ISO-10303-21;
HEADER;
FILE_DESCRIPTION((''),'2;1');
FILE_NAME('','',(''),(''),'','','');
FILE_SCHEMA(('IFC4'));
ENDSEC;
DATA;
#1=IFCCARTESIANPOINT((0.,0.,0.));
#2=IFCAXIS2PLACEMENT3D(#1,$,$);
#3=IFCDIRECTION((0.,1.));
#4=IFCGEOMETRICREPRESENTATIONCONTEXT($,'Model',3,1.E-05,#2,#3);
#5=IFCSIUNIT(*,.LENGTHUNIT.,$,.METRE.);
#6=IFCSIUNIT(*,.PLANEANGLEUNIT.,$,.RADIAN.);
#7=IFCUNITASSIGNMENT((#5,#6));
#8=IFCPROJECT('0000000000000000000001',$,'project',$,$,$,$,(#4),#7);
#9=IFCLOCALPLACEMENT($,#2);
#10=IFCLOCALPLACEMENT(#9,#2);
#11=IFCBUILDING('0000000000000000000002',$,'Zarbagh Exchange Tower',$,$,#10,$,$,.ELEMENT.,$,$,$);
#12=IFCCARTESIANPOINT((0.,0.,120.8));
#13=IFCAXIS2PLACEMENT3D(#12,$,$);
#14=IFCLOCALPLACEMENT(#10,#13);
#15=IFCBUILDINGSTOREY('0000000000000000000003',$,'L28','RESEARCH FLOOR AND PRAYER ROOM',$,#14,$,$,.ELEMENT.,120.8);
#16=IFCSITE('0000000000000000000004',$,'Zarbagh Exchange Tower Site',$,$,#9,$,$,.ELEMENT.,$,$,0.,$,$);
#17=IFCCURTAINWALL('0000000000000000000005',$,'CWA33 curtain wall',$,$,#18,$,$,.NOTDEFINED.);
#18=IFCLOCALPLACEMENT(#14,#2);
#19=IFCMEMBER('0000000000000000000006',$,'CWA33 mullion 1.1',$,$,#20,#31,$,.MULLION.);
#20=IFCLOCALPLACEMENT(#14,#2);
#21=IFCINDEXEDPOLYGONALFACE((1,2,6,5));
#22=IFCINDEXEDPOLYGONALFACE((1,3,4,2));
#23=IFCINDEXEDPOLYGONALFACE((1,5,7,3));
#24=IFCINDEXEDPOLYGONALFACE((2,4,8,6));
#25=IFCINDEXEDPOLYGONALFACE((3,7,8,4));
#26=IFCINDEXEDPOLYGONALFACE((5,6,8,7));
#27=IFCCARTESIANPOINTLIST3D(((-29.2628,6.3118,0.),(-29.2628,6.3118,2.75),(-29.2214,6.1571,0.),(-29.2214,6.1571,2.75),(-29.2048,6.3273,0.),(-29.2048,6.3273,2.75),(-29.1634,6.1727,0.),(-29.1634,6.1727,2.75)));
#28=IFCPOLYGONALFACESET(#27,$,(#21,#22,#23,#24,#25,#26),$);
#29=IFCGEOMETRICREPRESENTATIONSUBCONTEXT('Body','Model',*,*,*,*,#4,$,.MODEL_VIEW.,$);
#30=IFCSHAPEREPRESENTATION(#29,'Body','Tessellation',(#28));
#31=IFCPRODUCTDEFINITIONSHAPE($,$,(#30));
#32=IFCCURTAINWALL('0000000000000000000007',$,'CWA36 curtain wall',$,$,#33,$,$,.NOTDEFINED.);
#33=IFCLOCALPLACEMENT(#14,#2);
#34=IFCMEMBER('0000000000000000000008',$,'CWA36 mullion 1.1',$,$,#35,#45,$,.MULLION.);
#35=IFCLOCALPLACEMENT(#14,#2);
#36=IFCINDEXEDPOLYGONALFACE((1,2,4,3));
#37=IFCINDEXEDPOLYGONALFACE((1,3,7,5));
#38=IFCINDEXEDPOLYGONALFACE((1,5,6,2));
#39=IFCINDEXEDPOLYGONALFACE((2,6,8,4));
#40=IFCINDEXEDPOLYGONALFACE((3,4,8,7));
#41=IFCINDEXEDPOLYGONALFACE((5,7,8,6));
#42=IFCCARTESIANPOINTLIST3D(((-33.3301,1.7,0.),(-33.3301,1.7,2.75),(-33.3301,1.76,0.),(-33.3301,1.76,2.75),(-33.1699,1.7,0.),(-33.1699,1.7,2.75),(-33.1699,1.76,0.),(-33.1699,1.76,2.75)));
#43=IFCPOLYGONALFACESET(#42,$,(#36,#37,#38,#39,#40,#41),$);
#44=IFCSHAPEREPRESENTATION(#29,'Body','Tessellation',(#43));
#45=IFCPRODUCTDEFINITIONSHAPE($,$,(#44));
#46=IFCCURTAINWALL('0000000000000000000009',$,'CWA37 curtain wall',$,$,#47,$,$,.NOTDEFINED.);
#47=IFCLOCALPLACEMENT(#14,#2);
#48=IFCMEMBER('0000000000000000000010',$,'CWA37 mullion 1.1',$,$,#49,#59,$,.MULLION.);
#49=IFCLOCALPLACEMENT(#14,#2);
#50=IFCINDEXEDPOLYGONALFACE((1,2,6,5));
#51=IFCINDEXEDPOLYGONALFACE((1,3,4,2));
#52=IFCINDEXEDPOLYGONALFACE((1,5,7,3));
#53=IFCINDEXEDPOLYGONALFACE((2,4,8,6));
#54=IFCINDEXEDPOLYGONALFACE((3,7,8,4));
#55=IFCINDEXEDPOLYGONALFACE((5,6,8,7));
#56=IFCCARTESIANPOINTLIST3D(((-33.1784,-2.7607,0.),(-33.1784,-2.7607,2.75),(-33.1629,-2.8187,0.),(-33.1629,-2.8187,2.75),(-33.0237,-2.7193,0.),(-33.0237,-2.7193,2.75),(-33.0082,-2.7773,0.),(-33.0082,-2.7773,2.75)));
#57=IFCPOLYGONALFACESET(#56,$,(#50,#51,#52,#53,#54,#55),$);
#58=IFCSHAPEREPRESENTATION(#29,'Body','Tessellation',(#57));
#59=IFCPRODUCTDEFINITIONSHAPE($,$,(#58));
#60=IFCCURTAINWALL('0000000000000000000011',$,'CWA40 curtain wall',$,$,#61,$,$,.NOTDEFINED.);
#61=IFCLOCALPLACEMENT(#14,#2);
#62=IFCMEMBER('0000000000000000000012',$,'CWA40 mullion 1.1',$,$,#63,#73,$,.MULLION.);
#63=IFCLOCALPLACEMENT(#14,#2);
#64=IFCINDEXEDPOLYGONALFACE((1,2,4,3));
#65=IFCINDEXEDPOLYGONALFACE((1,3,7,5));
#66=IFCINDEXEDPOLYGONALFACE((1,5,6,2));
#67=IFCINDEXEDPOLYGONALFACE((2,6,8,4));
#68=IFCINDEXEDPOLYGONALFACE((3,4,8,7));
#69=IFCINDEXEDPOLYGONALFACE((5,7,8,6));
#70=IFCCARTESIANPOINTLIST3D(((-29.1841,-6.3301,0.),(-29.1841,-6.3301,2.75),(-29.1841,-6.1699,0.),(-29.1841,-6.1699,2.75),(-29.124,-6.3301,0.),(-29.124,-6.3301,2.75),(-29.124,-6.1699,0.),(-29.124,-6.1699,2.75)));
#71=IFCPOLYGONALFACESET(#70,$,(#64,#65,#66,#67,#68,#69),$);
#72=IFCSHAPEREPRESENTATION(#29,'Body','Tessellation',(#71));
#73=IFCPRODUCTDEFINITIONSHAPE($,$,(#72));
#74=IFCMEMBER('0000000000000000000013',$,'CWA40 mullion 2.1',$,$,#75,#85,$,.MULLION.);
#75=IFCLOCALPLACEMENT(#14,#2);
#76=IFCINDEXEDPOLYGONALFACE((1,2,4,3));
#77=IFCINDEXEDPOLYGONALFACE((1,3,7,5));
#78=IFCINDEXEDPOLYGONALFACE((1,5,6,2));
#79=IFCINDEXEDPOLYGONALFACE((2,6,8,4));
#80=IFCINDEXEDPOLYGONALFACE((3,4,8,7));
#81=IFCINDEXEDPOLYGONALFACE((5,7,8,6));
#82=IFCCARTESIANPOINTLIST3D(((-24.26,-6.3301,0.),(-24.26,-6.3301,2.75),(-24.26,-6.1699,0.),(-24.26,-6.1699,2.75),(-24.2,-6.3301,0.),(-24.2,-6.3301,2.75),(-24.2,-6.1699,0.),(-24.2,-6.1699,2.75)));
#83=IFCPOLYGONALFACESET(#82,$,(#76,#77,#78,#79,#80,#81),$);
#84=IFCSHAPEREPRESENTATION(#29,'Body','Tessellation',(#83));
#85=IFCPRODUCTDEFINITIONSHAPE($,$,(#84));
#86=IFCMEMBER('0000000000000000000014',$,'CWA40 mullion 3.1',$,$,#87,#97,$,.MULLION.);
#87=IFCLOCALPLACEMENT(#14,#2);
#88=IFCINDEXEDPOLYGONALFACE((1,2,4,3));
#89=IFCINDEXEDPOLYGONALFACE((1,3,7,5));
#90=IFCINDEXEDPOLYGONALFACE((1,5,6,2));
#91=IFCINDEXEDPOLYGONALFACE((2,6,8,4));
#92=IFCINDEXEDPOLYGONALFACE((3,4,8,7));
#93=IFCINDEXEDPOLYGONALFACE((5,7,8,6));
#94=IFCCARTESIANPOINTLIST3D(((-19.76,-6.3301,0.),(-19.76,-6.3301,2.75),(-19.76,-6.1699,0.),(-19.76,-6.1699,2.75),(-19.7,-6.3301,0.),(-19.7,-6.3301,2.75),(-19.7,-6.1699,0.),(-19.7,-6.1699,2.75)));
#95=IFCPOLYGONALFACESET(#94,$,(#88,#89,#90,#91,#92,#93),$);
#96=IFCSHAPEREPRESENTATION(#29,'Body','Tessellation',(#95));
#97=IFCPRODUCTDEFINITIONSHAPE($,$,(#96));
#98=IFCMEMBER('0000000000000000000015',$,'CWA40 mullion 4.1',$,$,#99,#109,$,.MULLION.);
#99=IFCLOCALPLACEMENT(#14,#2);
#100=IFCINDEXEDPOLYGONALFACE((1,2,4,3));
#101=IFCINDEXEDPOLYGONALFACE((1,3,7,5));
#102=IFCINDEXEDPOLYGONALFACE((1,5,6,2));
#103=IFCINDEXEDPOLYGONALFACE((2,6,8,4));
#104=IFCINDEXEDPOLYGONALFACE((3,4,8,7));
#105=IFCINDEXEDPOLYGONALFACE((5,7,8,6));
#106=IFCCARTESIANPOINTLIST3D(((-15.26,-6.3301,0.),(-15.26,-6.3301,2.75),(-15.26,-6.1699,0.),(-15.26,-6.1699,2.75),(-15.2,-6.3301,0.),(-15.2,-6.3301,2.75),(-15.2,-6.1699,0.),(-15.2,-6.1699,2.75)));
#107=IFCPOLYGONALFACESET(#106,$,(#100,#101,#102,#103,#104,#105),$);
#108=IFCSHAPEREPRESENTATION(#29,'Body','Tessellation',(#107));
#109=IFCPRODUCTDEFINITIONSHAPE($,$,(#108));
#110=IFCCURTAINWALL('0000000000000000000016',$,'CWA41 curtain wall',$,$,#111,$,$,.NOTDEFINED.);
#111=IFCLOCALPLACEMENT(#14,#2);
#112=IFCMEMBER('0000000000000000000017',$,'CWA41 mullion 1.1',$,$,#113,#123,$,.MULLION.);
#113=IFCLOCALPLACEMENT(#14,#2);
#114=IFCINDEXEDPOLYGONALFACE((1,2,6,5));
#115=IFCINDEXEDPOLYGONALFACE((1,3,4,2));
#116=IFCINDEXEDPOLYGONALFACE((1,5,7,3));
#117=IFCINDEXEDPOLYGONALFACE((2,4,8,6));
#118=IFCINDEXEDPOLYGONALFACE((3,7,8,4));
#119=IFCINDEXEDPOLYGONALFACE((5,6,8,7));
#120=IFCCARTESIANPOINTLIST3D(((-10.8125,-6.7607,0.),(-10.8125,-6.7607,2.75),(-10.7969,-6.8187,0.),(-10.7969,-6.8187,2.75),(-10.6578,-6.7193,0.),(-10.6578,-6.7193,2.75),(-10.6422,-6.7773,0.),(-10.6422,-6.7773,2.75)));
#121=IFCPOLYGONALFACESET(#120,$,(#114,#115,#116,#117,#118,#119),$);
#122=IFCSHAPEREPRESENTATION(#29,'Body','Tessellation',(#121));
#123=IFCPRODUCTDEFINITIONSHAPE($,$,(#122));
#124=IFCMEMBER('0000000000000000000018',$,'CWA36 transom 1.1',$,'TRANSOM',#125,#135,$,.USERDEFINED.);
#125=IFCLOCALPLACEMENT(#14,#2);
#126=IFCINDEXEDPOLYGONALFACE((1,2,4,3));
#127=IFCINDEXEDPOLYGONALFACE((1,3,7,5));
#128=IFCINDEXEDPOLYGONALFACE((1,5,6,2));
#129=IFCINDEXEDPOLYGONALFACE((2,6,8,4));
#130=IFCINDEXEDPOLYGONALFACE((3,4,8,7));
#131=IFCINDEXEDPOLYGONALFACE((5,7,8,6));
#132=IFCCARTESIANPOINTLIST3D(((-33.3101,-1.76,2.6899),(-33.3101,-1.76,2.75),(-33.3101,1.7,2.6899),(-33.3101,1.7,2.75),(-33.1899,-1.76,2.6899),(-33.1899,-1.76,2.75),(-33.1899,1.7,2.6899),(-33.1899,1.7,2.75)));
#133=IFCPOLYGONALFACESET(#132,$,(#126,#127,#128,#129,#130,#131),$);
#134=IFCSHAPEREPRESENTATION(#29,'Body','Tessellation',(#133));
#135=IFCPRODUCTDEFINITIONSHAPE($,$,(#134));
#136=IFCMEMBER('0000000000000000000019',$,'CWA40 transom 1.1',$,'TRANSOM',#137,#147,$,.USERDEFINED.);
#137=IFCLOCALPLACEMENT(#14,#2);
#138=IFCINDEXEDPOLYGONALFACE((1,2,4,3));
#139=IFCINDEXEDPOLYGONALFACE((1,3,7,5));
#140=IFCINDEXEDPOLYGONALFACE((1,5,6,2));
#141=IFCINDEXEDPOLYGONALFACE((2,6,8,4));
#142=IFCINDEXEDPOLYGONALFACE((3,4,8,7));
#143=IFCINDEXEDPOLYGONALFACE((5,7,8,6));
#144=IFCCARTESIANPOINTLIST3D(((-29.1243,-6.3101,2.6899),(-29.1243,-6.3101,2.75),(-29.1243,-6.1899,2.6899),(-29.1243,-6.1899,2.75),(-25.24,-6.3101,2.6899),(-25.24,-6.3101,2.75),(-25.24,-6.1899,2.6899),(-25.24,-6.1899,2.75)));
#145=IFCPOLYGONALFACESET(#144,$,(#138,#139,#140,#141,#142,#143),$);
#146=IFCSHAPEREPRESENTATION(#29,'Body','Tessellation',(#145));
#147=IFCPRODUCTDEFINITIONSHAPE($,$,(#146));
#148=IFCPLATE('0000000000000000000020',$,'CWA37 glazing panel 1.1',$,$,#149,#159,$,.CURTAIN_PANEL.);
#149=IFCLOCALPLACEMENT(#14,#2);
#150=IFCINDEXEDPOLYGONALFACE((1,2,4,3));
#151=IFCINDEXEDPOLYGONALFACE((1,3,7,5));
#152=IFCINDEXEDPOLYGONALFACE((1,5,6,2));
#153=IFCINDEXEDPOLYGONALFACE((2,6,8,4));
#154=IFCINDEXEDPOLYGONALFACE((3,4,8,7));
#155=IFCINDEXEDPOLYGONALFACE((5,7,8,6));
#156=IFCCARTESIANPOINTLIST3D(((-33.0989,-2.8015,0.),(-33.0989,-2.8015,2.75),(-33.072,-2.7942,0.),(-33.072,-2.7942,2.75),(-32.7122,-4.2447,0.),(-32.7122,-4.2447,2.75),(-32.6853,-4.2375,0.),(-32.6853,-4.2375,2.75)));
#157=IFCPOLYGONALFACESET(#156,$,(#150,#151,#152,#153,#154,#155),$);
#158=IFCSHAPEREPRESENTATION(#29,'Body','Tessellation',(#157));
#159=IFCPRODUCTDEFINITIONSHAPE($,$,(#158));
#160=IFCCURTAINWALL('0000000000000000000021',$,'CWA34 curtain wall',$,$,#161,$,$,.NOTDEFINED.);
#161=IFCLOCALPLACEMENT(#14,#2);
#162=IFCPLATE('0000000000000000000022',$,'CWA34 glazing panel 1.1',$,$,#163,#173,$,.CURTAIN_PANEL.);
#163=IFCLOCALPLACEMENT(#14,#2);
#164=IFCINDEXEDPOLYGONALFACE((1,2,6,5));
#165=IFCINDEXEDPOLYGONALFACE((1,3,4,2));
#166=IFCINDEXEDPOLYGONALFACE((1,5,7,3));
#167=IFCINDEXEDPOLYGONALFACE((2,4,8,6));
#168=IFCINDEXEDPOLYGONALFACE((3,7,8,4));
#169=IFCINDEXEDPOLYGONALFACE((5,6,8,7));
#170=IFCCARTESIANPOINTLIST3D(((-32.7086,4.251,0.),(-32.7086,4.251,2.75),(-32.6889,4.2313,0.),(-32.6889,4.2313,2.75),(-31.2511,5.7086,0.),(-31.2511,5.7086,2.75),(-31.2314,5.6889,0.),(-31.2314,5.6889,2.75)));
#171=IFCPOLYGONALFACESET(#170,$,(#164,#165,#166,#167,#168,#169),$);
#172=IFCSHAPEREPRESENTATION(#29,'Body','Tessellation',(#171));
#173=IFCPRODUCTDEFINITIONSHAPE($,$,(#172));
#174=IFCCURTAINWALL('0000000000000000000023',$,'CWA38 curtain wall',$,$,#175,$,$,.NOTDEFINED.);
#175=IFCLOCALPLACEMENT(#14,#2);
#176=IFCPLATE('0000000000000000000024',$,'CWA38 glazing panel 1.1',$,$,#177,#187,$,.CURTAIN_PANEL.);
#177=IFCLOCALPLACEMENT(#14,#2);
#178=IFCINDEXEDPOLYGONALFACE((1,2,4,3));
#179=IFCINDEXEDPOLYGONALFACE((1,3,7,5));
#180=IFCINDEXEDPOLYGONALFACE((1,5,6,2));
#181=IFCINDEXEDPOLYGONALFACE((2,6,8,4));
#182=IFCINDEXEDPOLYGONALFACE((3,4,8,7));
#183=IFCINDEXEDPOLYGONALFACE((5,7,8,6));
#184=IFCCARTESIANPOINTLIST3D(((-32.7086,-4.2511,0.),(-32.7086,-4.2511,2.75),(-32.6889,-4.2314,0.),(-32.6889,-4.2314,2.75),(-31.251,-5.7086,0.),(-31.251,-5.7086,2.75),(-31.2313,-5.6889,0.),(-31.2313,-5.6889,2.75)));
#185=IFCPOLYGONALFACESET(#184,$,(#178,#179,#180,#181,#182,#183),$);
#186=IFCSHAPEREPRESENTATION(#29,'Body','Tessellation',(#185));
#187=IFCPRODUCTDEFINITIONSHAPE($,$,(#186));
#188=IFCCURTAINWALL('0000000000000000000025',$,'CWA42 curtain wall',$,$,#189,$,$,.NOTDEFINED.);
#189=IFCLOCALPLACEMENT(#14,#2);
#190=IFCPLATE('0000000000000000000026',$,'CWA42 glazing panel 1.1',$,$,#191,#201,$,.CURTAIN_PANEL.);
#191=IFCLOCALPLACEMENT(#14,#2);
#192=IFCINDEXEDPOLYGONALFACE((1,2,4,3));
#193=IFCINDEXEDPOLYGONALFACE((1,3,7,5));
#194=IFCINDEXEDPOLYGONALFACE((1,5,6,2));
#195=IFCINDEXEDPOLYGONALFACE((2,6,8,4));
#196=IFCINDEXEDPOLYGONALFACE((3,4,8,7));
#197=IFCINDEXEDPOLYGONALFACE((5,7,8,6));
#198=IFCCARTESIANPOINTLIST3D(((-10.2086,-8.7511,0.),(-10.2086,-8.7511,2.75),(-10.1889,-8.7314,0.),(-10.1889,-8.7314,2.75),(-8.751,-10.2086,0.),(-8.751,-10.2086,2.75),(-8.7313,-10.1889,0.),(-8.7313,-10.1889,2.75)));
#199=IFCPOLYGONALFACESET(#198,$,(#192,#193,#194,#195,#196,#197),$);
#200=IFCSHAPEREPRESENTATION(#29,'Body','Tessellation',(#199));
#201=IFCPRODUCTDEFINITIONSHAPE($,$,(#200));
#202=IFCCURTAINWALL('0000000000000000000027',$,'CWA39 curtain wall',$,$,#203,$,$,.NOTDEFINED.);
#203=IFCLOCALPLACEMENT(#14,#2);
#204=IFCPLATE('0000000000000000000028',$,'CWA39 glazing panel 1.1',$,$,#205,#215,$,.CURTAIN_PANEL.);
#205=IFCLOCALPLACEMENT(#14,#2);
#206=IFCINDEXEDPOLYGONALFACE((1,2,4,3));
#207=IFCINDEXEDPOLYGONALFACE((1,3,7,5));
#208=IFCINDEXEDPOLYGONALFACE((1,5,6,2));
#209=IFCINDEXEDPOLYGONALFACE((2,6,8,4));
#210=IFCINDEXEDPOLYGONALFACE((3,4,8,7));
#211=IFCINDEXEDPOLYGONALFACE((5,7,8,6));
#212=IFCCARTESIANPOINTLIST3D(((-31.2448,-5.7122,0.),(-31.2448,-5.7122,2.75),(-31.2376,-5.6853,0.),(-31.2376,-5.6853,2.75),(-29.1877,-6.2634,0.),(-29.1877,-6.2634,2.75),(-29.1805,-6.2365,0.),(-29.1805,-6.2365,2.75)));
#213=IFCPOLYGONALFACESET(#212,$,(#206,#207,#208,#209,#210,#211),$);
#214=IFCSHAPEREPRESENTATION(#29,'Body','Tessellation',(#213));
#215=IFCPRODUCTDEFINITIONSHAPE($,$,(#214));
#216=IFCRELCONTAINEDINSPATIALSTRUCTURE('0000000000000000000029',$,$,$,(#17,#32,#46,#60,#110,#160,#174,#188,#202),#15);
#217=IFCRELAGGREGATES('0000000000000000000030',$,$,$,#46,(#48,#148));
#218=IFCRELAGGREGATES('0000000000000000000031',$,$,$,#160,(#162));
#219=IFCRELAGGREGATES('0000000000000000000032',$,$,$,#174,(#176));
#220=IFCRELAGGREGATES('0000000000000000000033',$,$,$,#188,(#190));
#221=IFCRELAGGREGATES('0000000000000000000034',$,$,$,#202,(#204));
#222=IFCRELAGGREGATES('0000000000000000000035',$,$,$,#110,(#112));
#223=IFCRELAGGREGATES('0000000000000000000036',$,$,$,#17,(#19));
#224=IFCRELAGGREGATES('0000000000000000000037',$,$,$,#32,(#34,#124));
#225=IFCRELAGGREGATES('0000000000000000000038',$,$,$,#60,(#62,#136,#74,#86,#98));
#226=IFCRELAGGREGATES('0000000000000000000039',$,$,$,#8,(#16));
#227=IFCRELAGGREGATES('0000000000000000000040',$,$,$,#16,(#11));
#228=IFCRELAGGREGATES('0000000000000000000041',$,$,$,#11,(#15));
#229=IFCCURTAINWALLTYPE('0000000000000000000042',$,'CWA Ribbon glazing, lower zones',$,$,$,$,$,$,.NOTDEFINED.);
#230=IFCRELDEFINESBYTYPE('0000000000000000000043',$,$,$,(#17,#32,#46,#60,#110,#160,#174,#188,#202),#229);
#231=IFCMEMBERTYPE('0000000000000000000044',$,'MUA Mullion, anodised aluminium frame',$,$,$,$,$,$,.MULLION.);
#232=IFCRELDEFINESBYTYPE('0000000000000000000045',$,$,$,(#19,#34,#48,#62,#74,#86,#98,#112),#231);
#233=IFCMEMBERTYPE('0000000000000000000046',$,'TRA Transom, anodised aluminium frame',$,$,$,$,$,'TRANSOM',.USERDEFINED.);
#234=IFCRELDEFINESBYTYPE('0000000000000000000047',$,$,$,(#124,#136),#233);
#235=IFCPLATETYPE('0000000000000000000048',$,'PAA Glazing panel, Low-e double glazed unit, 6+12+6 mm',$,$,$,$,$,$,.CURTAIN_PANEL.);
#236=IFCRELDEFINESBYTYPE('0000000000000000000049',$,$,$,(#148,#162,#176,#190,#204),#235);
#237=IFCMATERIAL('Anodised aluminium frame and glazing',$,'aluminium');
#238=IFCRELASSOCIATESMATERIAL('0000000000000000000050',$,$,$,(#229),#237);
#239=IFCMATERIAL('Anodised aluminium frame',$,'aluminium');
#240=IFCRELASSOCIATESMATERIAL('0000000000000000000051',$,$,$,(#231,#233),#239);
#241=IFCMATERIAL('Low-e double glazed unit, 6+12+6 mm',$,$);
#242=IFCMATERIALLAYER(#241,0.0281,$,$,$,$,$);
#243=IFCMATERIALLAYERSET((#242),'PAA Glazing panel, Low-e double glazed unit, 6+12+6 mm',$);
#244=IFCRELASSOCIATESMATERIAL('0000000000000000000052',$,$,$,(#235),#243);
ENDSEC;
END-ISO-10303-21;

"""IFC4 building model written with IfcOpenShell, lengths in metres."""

from ifc_helpers import new_model, si_unit, direction, frame, origin, place, context, subcontext, project, spatial, polyline, outline, extrude, source, transform, mapped, material, layer, layer_set, type_object, element, aggregate, save


model = new_model("IFC4")

# Units and contexts
model_context = context("Model", 3, precision=1e-05, world=origin(), true_north=direction((0.0, 1.0)))
body_context = subcontext(model_context, "Body", "Model", "MODEL_VIEW")
ifc_project = project(units=[si_unit("LENGTHUNIT", "METRE"), si_unit("PLANEANGLEUNIT", "RADIAN")], contexts=[model_context])

# Site, building, storey
site_placement = place(None, origin())
site = spatial("IfcSite", under=ifc_project, at=site_placement, Name="Zarbagh Exchange Tower Site", CompositionType="ELEMENT", RefElevation=0.0)
building_placement = place(site_placement, origin())
building = spatial("IfcBuilding", under=site, at=building_placement, Name="Zarbagh Exchange Tower", CompositionType="ELEMENT")
storey_placement = place(building_placement, frame((0.0, 0.0, 120.8)))
storey = spatial("IfcBuildingStorey", under=building, at=storey_placement, Name="L28", Description="RESEARCH FLOOR AND PRAYER ROOM", CompositionType="ELEMENT", Elevation=120.8)

# Curtain walls, members
ifc_material_1 = material(Name="Anodised aluminium frame and glazing", Category="aluminium")
curtain_wall_type = type_object("IfcCurtainWallType", Name="CWA Ribbon glazing, lower zones", PredefinedType="NOTDEFINED", material=ifc_material_1)
curtain_wall_1_placement = place(storey_placement, origin())
curtain_wall_1 = element("IfcCurtainWall", 1, at=curtain_wall_1_placement, inside=storey, type_object=curtain_wall_type, Name="CWA33 curtain wall", PredefinedType="NOTDEFINED")
ifc_material_2 = material(Name="Anodised aluminium frame", Category="aluminium")
member_type_1 = type_object("IfcMemberType", Name="MUA Mullion, anodised aluminium frame", PredefinedType="MULLION", material=ifc_material_2)
shared_shape_1 = source(origin(), body_context, "Body", "SweptSolid", [
    extrude(outline(polyline([(0.0, -0.0801), (0.0601, -0.0801), (0.0601, 0.0801), (0.0, 0.0801), (0.0, -0.0801)])), origin(), (0.0, 0.0, 1.0), 2.75),
])
placement = place(storey_placement, origin())
member_1 = element("IfcMember", 2, at=placement, type_object=member_type_1, Name="CWA33 mullion 1.1", PredefinedType="MULLION", context=body_context, shape_type="MappedRepresentation", body=[
    mapped(shared_shape_1, transform((-29.1841, 6.25, 0.0), x_axis=(-0.965924, -0.258825, 0.0), y_axis=(0.258825, -0.965924, 0.0), z_axis=(0.0, 0.0, 1.0))),
])
curtain_wall_2_placement = place(storey_placement, origin())
curtain_wall_2 = element("IfcCurtainWall", 3, at=curtain_wall_2_placement, inside=storey, type_object=curtain_wall_type, Name="CWA36 curtain wall", PredefinedType="NOTDEFINED")
member_2 = element("IfcMember", 4, at=placement, type_object=member_type_1, Name="CWA36 mullion 1.1", PredefinedType="MULLION", context=body_context, shape_type="MappedRepresentation", body=[
    mapped(shared_shape_1, transform((-33.25, 1.76, 0.0), x_axis=(0.0, -1.0, 0.0), y_axis=(1.0, 0.0, 0.0), z_axis=(0.0, 0.0, 1.0))),
])
curtain_wall_3_placement = place(storey_placement, origin())
curtain_wall_3 = element("IfcCurtainWall", 5, at=curtain_wall_3_placement, inside=storey, type_object=curtain_wall_type, Name="CWA37 curtain wall", PredefinedType="NOTDEFINED")
member_3 = element("IfcMember", 6, at=placement, type_object=member_type_1, Name="CWA37 mullion 1.1", PredefinedType="MULLION", context=body_context, shape_type="MappedRepresentation", body=[
    mapped(shared_shape_1, transform((-33.1011, -2.74, 0.0), x_axis=(0.258825, -0.965924, 0.0), y_axis=(0.965924, 0.258825, 0.0), z_axis=(0.0, 0.0, 1.0))),
])

# Curtain wall, members
curtain_wall_4_placement = place(storey_placement, origin())
curtain_wall_4 = element("IfcCurtainWall", 7, at=curtain_wall_4_placement, inside=storey, type_object=curtain_wall_type, Name="CWA40 curtain wall", PredefinedType="NOTDEFINED")
member_4 = element("IfcMember", 8, at=placement, type_object=member_type_1, Name="CWA40 mullion 1.1", PredefinedType="MULLION", context=body_context, shape_type="MappedRepresentation", body=[
    mapped(shared_shape_1, transform((-29.1841, -6.25, 0.0), x_axis=(1.0, 0.0, 0.0), y_axis=(0.0, 1.0, 0.0), z_axis=(0.0, 0.0, 1.0))),
])
member_5 = element("IfcMember", 9, at=placement, type_object=member_type_1, Name="CWA40 mullion 2.1", PredefinedType="MULLION", context=body_context, shape_type="MappedRepresentation", body=[
    mapped(shared_shape_1, transform((-24.26, -6.25, 0.0), x_axis=(1.0, 0.0, 0.0), y_axis=(0.0, 1.0, 0.0), z_axis=(0.0, 0.0, 1.0))),
])
member_6 = element("IfcMember", 10, at=placement, type_object=member_type_1, Name="CWA40 mullion 3.1", PredefinedType="MULLION", context=body_context, shape_type="MappedRepresentation", body=[
    mapped(shared_shape_1, transform((-19.76, -6.25, 0.0), x_axis=(1.0, 0.0, 0.0), y_axis=(0.0, 1.0, 0.0), z_axis=(0.0, 0.0, 1.0))),
])
member_7 = element("IfcMember", 11, at=placement, type_object=member_type_1, Name="CWA40 mullion 4.1", PredefinedType="MULLION", context=body_context, shape_type="MappedRepresentation", body=[
    mapped(shared_shape_1, transform((-15.26, -6.25, 0.0), x_axis=(1.0, 0.0, 0.0), y_axis=(0.0, 1.0, 0.0), z_axis=(0.0, 0.0, 1.0))),
])

# Curtain wall, member
curtain_wall_5_placement = place(storey_placement, origin())
curtain_wall_5 = element("IfcCurtainWall", 12, at=curtain_wall_5_placement, inside=storey, type_object=curtain_wall_type, Name="CWA41 curtain wall", PredefinedType="NOTDEFINED")
member_8 = element("IfcMember", 13, at=placement, type_object=member_type_1, Name="CWA41 mullion 1.1", PredefinedType="MULLION", context=body_context, shape_type="MappedRepresentation", body=[
    mapped(shared_shape_1, transform((-10.7351, -6.74, 0.0), x_axis=(0.258825, -0.965924, 0.0), y_axis=(0.965924, 0.258825, 0.0), z_axis=(0.0, 0.0, 1.0))),
])

# Members
member_type_2 = type_object("IfcMemberType", Name="TRA Transom, anodised aluminium frame", ElementType="TRANSOM", PredefinedType="USERDEFINED", material=ifc_material_2)
shared_shape_2 = source(origin(), body_context, "Body", "SweptSolid", [
    extrude(outline(polyline([(-0.0601, -0.0601), (0.0, -0.0601), (0.0, 0.0601), (-0.0601, 0.0601), (-0.0601, -0.0601)])), origin(), (0.0, 0.0, 1.0), 3.46),
])
member_9 = element("IfcMember", 14, at=placement, type_object=member_type_2, Name="CWA36 transom 1.1", ObjectType="TRANSOM", PredefinedType="USERDEFINED", context=body_context, shape_type="MappedRepresentation", body=[
    mapped(shared_shape_2, transform((-33.25, 1.7, 2.75), x_axis=(0.0, 0.0, 1.0), y_axis=(-1.0, 0.0, 0.0), z_axis=(0.0, -1.0, 0.0))),
])
shared_shape_3 = source(origin(), body_context, "Body", "SweptSolid", [
    extrude(outline(polyline([(-0.0601, -0.0601), (0.0, -0.0601), (0.0, 0.0601), (-0.0601, 0.0601), (-0.0601, -0.0601)])), origin(), (0.0, 0.0, 1.0), 3.8843),
])
member_10 = element("IfcMember", 15, at=placement, type_object=member_type_2, Name="CWA40 transom 1.1", ObjectType="TRANSOM", PredefinedType="USERDEFINED", context=body_context, shape_type="MappedRepresentation", body=[
    mapped(shared_shape_3, transform((-29.1243, -6.25, 2.75), x_axis=(0.0, 0.0, 1.0), y_axis=(0.0, -1.0, 0.0), z_axis=(1.0, 0.0, 0.0))),
])

# Plate
ifc_material_3 = material(Name="Low-e double glazed unit, 6+12+6 mm")
ifc_layer = layer(ifc_material_3, 0.0281)
ifc_layer_set = layer_set([ifc_layer], Name="PAA Glazing panel, Low-e double glazed unit, 6+12+6 mm")
plate_type = type_object("IfcPlateType", Name="PAA Glazing panel, Low-e double glazed unit, 6+12+6 mm", PredefinedType="CURTAIN_PANEL", material=ifc_layer_set)
shared_shape_4 = source(origin(), body_context, "Body", "SweptSolid", [
    extrude(outline(polyline([(0.0, -0.0139), (1.4941, -0.0139), (1.4941, 0.0139), (0.0, 0.0139), (0.0, -0.0139)])), origin(), (0.0, 0.0, 1.0), 2.75),
])
plate_1 = element("IfcPlate", 16, at=placement, type_object=plate_type, Name="CWA37 glazing panel 1.1", PredefinedType="CURTAIN_PANEL", context=body_context, shape_type="MappedRepresentation", body=[
    mapped(shared_shape_4, transform((-33.0854, -2.7979, 0.0), x_axis=(0.258825, -0.965924, 0.0), y_axis=(0.965924, 0.258825, 0.0), z_axis=(0.0, 0.0, 1.0))),
])
aggregate(curtain_wall_3, [member_3, plate_1])

# Curtain walls, plates
curtain_wall_6_placement = place(storey_placement, origin())
curtain_wall_6 = element("IfcCurtainWall", 17, at=curtain_wall_6_placement, inside=storey, type_object=curtain_wall_type, Name="CWA34 curtain wall", PredefinedType="NOTDEFINED")
shared_shape_5 = source(origin(), body_context, "Body", "SweptSolid", [
    extrude(outline(polyline([(0.0, -0.0139), (2.0613, -0.0139), (2.0613, 0.0139), (0.0, 0.0139), (0.0, -0.0139)])), origin(), (0.0, 0.0, 1.0), 2.75),
])
plate_2 = element("IfcPlate", 18, at=placement, type_object=plate_type, Name="CWA34 glazing panel 1.1", PredefinedType="CURTAIN_PANEL", context=body_context, shape_type="MappedRepresentation", body=[
    mapped(shared_shape_5, transform((-31.2412, 5.6987, 0.0), x_axis=(-0.707107, -0.707107, 0.0), y_axis=(0.707107, -0.707107, 0.0), z_axis=(0.0, 0.0, 1.0))),
])
aggregate(curtain_wall_6, [plate_2])
curtain_wall_7_placement = place(storey_placement, origin())
curtain_wall_7 = element("IfcCurtainWall", 19, at=curtain_wall_7_placement, inside=storey, type_object=curtain_wall_type, Name="CWA38 curtain wall", PredefinedType="NOTDEFINED")
plate_3 = element("IfcPlate", 20, at=placement, type_object=plate_type, Name="CWA38 glazing panel 1.1", PredefinedType="CURTAIN_PANEL", context=body_context, shape_type="MappedRepresentation", body=[
    mapped(shared_shape_5, transform((-32.6987, -4.2412, 0.0), x_axis=(0.707107, -0.707107, 0.0), y_axis=(0.707107, 0.707107, 0.0), z_axis=(0.0, 0.0, 1.0))),
])
aggregate(curtain_wall_7, [plate_3])
curtain_wall_8_placement = place(storey_placement, origin())
curtain_wall_8 = element("IfcCurtainWall", 21, at=curtain_wall_8_placement, inside=storey, type_object=curtain_wall_type, Name="CWA42 curtain wall", PredefinedType="NOTDEFINED")
plate_4 = element("IfcPlate", 22, at=placement, type_object=plate_type, Name="CWA42 glazing panel 1.1", PredefinedType="CURTAIN_PANEL", context=body_context, shape_type="MappedRepresentation", body=[
    mapped(shared_shape_5, transform((-10.1987, -8.7412, 0.0), x_axis=(0.707107, -0.707107, 0.0), y_axis=(0.707107, 0.707107, 0.0), z_axis=(0.0, 0.0, 1.0))),
])
aggregate(curtain_wall_8, [plate_4])
curtain_wall_9_placement = place(storey_placement, origin())
curtain_wall_9 = element("IfcCurtainWall", 23, at=curtain_wall_9_placement, inside=storey, type_object=curtain_wall_type, Name="CWA39 curtain wall", PredefinedType="NOTDEFINED")
shared_shape_6 = source(origin(), body_context, "Body", "SweptSolid", [
    extrude(outline(polyline([(0.0, -0.0139), (2.1296, -0.0139), (2.1296, 0.0139), (0.0, 0.0139), (0.0, -0.0139)])), origin(), (0.0, 0.0, 1.0), 2.75),
])
plate_5 = element("IfcPlate", 24, at=placement, type_object=plate_type, Name="CWA39 glazing panel 1.1", PredefinedType="CURTAIN_PANEL", context=body_context, shape_type="MappedRepresentation", body=[
    mapped(shared_shape_6, transform((-31.2412, -5.6987, 0.0), x_axis=(0.965924, -0.258825, 0.0), y_axis=(0.258825, 0.965924, 0.0), z_axis=(0.0, 0.0, 1.0))),
])
aggregate(curtain_wall_9, [plate_5])

aggregate(curtain_wall_5, [member_8])
aggregate(curtain_wall_1, [member_1])

aggregate(curtain_wall_2, [member_2, member_9])
aggregate(curtain_wall_4, [member_4, member_10, member_5, member_6, member_7])

save(model, "model.ifc")
